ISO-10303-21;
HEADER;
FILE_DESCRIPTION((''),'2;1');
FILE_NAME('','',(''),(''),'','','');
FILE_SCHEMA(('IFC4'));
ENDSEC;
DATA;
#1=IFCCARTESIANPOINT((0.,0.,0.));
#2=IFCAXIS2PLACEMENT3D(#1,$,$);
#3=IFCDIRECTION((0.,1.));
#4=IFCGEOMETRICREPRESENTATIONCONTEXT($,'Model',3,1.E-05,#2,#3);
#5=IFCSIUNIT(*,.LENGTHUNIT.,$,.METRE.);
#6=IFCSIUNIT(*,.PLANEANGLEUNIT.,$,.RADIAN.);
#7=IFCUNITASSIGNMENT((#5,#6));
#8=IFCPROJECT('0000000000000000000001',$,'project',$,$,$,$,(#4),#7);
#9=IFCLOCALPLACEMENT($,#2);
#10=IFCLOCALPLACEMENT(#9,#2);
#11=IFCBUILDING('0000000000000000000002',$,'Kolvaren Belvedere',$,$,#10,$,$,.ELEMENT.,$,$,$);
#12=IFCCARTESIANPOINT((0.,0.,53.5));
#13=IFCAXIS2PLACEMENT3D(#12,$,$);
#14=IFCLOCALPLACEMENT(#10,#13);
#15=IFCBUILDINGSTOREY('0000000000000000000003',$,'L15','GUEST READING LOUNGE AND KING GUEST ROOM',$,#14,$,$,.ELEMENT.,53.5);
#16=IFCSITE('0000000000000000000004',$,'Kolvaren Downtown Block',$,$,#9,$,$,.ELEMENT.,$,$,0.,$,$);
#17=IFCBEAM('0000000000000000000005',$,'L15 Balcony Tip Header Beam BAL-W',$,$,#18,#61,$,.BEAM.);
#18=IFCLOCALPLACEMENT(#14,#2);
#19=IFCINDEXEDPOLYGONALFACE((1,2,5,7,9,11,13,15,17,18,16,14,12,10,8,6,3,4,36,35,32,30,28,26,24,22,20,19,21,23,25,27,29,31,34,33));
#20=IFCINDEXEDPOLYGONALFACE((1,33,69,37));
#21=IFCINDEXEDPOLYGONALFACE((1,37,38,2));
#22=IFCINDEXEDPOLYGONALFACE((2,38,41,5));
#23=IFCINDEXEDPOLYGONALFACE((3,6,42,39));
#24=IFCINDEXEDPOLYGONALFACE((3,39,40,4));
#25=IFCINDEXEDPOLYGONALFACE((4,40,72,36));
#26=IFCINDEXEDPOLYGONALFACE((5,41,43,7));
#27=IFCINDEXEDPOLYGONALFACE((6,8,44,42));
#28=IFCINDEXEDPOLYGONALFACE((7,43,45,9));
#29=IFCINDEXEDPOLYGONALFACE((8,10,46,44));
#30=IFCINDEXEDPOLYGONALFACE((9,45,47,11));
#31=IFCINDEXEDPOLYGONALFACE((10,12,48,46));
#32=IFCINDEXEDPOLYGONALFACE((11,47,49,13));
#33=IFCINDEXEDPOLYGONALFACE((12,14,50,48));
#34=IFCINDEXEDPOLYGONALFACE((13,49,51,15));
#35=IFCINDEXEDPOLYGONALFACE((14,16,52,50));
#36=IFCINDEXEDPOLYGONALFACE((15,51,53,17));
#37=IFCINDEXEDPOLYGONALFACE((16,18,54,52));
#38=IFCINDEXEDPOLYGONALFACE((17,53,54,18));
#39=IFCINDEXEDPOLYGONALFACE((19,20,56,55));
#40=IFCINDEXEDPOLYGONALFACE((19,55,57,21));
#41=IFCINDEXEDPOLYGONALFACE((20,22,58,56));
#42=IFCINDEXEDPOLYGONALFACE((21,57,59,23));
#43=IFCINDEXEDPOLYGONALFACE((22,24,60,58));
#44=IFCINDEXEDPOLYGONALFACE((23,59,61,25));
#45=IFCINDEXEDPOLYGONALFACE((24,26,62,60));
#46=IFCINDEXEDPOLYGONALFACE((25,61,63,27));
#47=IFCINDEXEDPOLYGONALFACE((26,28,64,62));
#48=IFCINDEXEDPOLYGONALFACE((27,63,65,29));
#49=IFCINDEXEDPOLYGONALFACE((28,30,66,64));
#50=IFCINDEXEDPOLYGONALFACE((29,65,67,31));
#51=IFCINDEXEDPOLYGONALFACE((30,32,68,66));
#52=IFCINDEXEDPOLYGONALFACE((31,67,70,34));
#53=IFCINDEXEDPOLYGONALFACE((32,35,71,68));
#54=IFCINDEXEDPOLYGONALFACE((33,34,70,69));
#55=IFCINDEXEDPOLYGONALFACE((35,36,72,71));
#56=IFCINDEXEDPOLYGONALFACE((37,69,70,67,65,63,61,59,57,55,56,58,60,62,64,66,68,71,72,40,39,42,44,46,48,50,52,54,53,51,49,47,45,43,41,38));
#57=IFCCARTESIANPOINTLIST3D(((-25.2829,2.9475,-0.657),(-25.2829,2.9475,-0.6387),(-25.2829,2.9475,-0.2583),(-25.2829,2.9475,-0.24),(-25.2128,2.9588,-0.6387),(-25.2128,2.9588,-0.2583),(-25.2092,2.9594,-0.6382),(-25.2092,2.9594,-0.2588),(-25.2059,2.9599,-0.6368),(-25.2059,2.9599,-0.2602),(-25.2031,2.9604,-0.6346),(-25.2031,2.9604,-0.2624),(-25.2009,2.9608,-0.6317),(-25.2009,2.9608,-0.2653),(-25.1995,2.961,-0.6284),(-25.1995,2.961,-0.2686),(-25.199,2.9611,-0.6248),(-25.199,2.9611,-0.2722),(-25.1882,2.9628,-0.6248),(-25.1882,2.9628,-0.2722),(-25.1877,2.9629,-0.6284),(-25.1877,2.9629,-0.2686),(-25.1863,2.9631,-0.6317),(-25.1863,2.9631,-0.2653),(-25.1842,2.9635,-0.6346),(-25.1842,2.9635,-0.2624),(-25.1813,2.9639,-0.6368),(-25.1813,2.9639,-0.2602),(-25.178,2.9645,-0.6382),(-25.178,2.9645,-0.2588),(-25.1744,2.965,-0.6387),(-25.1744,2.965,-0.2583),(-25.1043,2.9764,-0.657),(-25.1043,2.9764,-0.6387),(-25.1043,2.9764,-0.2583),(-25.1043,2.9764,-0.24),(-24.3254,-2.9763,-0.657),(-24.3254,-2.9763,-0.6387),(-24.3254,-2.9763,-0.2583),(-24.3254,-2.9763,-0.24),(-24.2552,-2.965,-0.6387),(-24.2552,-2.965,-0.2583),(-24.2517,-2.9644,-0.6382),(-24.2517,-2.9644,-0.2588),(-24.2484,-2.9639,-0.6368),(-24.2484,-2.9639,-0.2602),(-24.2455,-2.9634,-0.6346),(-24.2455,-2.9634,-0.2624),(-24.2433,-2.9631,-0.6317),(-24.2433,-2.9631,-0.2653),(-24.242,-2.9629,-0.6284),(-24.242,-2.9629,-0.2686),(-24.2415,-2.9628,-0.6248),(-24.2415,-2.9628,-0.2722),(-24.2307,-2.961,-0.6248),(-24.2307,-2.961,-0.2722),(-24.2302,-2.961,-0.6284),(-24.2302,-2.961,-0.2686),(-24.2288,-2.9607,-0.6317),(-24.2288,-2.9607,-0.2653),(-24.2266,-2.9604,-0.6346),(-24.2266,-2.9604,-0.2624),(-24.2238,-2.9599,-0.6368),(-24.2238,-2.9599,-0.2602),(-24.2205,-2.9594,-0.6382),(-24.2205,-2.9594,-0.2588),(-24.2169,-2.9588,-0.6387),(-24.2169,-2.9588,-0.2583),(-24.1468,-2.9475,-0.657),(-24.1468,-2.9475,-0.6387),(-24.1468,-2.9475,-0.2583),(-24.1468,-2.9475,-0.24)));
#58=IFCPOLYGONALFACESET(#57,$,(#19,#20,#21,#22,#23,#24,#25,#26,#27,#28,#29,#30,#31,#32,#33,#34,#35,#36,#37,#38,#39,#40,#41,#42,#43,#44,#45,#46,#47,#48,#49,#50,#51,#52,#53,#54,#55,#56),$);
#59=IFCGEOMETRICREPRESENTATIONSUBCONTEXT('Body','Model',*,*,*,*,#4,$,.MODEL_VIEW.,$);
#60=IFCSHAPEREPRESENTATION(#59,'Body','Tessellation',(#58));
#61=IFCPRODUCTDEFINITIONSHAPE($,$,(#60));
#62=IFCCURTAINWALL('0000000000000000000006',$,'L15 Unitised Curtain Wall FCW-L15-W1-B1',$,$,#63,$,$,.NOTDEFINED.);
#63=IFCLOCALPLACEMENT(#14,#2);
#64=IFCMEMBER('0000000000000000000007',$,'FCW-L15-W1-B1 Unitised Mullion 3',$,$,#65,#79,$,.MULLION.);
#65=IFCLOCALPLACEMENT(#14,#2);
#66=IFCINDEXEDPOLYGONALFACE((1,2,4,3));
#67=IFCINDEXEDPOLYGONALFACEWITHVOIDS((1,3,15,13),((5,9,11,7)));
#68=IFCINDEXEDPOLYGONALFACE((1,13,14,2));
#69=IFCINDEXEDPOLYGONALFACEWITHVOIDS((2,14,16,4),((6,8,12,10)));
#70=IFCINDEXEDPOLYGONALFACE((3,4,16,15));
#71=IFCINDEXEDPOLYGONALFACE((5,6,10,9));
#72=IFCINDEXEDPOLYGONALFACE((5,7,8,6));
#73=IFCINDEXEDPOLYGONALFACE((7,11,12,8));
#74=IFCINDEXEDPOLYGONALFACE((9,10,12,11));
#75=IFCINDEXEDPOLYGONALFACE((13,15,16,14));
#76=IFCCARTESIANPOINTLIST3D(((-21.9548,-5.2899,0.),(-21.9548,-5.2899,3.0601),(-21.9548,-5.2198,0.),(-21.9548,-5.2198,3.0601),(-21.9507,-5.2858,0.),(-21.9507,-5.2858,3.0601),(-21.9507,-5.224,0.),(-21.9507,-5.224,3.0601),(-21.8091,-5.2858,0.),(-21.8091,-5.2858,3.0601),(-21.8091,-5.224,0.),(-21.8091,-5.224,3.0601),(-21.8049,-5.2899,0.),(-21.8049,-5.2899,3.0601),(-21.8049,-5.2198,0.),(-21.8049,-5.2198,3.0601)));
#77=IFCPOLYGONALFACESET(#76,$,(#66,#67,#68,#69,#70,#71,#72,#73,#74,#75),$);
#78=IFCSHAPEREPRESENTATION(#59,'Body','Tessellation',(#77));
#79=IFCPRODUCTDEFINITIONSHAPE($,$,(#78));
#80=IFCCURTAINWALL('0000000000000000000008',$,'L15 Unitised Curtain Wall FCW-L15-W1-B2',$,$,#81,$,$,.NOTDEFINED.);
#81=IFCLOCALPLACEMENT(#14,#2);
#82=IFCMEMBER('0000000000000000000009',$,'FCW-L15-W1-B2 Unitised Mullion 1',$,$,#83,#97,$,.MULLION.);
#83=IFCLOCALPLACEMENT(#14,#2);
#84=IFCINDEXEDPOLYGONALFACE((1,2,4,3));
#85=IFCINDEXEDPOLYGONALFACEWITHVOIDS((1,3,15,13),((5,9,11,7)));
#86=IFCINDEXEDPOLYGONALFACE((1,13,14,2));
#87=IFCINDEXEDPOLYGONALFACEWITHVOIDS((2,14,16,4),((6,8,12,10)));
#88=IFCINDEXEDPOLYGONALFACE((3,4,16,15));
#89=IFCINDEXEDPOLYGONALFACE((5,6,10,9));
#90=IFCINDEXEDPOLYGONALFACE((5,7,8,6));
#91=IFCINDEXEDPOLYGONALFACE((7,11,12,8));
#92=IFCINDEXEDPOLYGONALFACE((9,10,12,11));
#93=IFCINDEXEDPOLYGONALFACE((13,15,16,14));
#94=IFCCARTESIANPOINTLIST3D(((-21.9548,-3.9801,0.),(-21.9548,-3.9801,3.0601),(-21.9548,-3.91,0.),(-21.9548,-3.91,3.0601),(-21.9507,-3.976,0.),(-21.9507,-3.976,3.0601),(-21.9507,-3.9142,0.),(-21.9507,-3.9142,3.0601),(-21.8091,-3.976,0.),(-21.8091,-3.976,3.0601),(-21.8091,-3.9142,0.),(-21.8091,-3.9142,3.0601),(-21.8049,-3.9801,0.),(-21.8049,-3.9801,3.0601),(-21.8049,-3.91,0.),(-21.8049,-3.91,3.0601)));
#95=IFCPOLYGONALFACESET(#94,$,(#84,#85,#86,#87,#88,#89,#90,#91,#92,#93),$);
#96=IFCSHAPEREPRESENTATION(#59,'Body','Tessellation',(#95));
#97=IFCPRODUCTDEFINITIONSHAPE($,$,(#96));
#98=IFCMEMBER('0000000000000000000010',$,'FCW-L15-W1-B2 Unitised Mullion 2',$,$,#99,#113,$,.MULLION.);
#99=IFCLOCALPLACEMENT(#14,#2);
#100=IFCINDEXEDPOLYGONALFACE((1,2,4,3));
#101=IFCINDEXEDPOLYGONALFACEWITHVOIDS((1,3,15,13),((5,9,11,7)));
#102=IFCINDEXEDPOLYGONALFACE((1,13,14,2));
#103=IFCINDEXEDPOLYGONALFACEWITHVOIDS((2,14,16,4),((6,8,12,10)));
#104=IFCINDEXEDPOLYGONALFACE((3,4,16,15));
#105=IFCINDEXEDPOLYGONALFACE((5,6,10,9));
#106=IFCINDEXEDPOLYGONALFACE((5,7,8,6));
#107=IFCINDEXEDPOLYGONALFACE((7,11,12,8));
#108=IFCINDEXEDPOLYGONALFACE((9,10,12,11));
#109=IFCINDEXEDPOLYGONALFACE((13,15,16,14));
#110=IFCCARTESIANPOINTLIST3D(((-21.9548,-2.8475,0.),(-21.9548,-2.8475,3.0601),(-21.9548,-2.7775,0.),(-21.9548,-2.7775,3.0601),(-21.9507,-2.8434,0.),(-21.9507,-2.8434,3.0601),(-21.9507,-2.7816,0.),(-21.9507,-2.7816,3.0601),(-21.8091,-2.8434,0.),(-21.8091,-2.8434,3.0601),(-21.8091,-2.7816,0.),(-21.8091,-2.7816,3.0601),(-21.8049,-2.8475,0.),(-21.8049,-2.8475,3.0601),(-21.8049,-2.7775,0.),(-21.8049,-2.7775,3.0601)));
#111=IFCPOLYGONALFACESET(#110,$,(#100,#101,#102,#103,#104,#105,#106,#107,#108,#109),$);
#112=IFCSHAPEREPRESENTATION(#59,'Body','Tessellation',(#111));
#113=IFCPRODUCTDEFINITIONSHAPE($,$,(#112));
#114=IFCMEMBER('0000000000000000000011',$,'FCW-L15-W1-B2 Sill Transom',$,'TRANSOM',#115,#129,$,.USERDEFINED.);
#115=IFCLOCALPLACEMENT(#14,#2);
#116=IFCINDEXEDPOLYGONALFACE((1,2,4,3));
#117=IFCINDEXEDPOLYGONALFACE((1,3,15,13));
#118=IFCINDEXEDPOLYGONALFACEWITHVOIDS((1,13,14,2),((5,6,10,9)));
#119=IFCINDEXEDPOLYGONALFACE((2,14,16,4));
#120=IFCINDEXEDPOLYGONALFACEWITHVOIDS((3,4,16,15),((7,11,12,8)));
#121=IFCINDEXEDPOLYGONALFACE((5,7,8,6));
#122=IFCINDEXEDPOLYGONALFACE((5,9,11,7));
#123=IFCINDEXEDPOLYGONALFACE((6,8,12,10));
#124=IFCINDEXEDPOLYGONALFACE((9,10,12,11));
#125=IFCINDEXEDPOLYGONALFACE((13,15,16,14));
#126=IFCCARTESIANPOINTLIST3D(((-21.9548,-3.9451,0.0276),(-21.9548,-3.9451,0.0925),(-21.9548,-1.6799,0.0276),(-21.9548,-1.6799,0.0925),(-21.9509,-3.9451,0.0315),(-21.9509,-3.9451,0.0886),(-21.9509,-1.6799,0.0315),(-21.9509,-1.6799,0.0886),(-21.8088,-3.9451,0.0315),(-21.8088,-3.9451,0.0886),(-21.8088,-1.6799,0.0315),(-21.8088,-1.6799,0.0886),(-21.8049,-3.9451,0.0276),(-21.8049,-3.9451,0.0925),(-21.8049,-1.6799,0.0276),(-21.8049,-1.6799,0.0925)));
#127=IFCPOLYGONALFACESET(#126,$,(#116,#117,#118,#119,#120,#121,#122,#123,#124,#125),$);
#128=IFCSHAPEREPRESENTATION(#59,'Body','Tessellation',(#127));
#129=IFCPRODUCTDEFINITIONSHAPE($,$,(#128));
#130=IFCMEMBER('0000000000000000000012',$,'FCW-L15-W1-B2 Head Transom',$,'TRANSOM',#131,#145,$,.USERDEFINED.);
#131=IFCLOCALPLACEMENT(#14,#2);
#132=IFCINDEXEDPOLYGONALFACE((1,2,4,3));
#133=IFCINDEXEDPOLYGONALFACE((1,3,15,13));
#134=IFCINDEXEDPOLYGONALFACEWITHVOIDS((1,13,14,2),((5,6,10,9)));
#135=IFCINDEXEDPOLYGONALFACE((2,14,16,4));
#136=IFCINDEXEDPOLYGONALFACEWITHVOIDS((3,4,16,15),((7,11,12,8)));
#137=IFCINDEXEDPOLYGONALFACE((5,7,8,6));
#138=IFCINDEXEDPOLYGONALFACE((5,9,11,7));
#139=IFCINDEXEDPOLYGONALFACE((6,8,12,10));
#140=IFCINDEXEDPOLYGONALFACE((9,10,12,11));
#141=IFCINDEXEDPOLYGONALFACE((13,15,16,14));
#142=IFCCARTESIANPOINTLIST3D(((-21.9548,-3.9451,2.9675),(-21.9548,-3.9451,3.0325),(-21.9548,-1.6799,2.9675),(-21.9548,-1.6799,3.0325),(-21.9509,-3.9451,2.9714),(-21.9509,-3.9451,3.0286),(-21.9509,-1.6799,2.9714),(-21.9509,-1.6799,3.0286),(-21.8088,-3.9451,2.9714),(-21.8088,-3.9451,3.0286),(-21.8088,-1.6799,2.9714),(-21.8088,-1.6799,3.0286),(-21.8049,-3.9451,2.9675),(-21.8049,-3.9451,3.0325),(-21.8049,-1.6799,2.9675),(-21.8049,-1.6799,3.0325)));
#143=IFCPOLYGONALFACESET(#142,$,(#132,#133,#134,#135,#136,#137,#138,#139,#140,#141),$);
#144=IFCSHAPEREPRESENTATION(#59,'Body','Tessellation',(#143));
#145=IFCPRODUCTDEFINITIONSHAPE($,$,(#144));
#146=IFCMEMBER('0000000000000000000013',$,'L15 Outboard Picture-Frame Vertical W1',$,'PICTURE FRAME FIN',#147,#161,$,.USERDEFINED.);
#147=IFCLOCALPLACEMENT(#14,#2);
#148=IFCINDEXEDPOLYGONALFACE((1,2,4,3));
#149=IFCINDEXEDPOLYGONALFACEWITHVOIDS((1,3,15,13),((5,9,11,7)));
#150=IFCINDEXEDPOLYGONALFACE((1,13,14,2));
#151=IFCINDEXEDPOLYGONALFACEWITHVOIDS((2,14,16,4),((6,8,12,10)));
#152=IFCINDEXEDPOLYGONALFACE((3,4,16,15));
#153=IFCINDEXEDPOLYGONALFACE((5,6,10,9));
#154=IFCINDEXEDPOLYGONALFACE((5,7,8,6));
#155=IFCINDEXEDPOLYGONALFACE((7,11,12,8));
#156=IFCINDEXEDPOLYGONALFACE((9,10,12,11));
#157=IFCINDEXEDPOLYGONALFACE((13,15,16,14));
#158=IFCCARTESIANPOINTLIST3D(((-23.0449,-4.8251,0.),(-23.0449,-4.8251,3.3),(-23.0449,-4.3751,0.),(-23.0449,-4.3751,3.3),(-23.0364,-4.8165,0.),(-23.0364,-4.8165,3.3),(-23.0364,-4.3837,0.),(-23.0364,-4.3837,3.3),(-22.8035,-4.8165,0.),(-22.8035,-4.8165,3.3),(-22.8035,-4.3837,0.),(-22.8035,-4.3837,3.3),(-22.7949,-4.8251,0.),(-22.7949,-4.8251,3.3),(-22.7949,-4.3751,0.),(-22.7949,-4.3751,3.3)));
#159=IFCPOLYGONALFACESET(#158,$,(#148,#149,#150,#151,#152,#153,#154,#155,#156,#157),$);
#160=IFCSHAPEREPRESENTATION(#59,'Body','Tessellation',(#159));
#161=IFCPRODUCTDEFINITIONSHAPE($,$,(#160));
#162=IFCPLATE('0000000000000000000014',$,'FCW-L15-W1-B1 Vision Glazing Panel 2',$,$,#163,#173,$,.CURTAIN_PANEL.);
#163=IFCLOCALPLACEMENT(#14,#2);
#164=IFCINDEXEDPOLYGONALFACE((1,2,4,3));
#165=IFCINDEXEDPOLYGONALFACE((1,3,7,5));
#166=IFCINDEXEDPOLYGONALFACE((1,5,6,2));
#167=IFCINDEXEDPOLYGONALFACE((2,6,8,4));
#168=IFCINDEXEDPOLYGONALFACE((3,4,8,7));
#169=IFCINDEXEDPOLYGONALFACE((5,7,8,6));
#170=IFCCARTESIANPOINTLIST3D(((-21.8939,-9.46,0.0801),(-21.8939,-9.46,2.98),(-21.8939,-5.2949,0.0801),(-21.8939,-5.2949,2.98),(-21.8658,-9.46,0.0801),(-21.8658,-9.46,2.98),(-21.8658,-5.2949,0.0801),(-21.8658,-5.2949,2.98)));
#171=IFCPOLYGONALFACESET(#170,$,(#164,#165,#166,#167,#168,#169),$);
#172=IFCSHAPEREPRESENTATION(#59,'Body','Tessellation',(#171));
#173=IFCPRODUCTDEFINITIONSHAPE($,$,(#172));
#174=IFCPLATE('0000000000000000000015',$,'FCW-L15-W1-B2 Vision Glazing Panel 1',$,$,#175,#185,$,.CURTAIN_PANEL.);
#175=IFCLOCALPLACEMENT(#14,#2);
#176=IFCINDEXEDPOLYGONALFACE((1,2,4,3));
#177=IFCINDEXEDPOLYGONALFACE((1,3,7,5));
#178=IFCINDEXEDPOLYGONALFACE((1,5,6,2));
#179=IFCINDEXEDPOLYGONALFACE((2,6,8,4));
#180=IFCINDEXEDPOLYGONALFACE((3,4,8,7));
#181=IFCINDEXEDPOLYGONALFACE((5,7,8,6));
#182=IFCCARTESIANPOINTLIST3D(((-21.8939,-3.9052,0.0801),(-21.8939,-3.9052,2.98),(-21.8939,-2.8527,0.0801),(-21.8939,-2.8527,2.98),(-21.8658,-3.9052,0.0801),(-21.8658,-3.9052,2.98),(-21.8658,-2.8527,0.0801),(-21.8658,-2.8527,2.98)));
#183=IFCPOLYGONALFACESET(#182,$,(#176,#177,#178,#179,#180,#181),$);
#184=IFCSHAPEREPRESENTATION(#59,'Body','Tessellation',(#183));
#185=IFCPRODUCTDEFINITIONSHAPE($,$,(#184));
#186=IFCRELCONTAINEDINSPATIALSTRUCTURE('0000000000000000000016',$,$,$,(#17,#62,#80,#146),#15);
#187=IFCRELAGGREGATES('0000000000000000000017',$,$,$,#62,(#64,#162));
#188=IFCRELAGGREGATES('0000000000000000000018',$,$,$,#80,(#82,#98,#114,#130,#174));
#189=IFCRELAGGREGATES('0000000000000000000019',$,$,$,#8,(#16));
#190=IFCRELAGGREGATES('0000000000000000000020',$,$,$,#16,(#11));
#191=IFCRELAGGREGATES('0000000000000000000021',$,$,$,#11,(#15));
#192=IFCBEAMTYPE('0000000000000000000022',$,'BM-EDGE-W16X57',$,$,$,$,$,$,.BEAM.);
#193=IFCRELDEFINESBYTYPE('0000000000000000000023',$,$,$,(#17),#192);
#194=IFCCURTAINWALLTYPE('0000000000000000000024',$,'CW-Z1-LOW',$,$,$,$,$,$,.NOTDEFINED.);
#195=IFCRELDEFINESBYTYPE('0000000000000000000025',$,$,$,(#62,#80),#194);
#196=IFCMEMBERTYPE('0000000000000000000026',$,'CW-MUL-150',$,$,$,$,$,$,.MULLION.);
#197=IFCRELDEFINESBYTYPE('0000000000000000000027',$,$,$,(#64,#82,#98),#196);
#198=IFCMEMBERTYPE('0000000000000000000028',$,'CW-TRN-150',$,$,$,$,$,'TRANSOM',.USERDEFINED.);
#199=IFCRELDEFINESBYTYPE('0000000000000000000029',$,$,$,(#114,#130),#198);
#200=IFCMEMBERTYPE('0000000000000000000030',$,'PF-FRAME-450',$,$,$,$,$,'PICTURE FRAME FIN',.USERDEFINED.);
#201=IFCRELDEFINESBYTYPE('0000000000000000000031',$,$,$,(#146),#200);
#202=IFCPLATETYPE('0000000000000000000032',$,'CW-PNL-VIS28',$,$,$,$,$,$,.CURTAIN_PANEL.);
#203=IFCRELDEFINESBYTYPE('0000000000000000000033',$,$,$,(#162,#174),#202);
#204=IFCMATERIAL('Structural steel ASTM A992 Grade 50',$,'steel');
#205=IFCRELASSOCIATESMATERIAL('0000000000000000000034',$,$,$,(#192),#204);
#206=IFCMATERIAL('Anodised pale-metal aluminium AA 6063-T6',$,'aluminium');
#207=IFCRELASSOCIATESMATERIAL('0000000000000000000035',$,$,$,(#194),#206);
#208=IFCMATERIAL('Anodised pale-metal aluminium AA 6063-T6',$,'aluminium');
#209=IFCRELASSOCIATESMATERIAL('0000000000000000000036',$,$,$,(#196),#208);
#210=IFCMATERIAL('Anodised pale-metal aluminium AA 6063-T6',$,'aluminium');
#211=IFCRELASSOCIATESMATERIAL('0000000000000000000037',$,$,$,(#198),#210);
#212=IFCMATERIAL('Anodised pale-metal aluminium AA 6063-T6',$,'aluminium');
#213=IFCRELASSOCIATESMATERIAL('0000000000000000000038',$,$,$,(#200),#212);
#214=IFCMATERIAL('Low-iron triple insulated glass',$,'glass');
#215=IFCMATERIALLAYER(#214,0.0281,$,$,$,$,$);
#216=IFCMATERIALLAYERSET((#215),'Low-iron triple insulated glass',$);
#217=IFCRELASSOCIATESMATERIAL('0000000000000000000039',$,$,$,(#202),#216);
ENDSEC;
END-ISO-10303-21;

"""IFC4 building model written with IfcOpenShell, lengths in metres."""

from ifc_helpers import new_model, si_unit, direction, frame, origin, origin_2d, place, context, subcontext, project, spatial, rectangle, hollow_rectangle, i_section, extrude, material, layer, layer_set, material_profile, profile_set, type_object, element, aggregate, save


model = new_model("IFC4")

# Units and contexts
model_context = context("Model", 3, precision=1e-05, world=origin(), true_north=direction((0.0, 1.0)))
body_context = subcontext(model_context, "Body", "Model", "MODEL_VIEW")
ifc_project = project(units=[si_unit("LENGTHUNIT", "METRE"), si_unit("PLANEANGLEUNIT", "RADIAN")], contexts=[model_context])

# Site, building, storey
site_placement = place(None, origin())
site = spatial("IfcSite", under=ifc_project, at=site_placement, Name="Kolvaren Downtown Block", CompositionType="ELEMENT", RefElevation=0.0)
building_placement = place(site_placement, origin())
building = spatial("IfcBuilding", under=site, at=building_placement, Name="Kolvaren Belvedere", CompositionType="ELEMENT")
storey_placement = place(building_placement, frame((0.0, 0.0, 53.5)))
storey = spatial("IfcBuildingStorey", under=building, at=storey_placement, Name="L15", Description="GUEST READING LOUNGE AND KING GUEST ROOM", CompositionType="ELEMENT", Elevation=53.5)

# Beam
ifc_material_1 = material(Name="Structural steel ASTM A992 Grade 50", Category="steel")
ifc_material_profile_1 = material_profile(ifc_material_1, i_section(OverallWidth=0.1809, OverallDepth=0.417, WebThickness=0.011, FlangeThickness=0.0183, FilletRadius=0.0139, at=origin_2d()), Name="W16X57")
ifc_profile_set_1 = profile_set([ifc_material_profile_1], Name="Structural steel ASTM A992 Grade 50")
beam_type = type_object("IfcBeamType", Name="BM-EDGE-W16X57", PredefinedType="BEAM", material=ifc_profile_set_1)
beam_placement = place(storey_placement, frame((-24.2361, -2.9619, -0.4485), z_axis=(-0.159568, 0.987187, 0.0), x_axis=(-0.987187, -0.159568, 0.0)))
element("IfcBeam", 1, at=beam_placement, inside=storey, type_object=beam_type, Name="L15 Balcony Tip Header Beam BAL-W", PredefinedType="BEAM", context=body_context, shape_type="SweptSolid", body=[
    extrude(i_section(OverallWidth=0.1809, OverallDepth=0.417, WebThickness=0.011, FlangeThickness=0.0183, FilletRadius=0.0139, at=origin_2d()), origin(), (0.0, 0.0, 1.0), 6.0007),
])

# Curtain wall, member
ifc_material_2 = material(Name="Anodised pale-metal aluminium AA 6063-T6", Category="aluminium")
curtain_wall_type = type_object("IfcCurtainWallType", Name="CW-Z1-LOW", PredefinedType="NOTDEFINED", material=ifc_material_2)
curtain_wall_1_placement = place(storey_placement, origin())
curtain_wall_1 = element("IfcCurtainWall", 2, at=curtain_wall_1_placement, inside=storey, type_object=curtain_wall_type, Name="L15 Unitised Curtain Wall FCW-L15-W1-B1", PredefinedType="NOTDEFINED")
ifc_material_3 = material(Name="Anodised pale-metal aluminium AA 6063-T6", Category="aluminium")
ifc_material_profile_2 = material_profile(ifc_material_3, hollow_rectangle(XDim=0.0701, YDim=0.1499, WallThickness=0.0042, at=origin_2d()), Name="ALU-MUL-150X70")
ifc_profile_set_2 = profile_set([ifc_material_profile_2], Name="Anodised pale-metal aluminium AA 6063-T6")
member_type_1 = type_object("IfcMemberType", Name="CW-MUL-150", PredefinedType="MULLION", material=ifc_profile_set_2)
member_1_placement = place(storey_placement, frame((-21.8799, -5.2549, 0.0), z_axis=(0.0, 0.0, 1.0), x_axis=(0.0, 1.0, 0.0)))
member_1 = element("IfcMember", 3, at=member_1_placement, type_object=member_type_1, Name="FCW-L15-W1-B1 Unitised Mullion 3", PredefinedType="MULLION", context=body_context, shape_type="SweptSolid", body=[
    extrude(hollow_rectangle(XDim=0.0701, YDim=0.1499, WallThickness=0.0042, at=origin_2d()), origin(), (0.0, 0.0, 1.0), 3.0601),
])

# Curtain wall, members
curtain_wall_2_placement = place(storey_placement, origin())
curtain_wall_2 = element("IfcCurtainWall", 4, at=curtain_wall_2_placement, inside=storey, type_object=curtain_wall_type, Name="L15 Unitised Curtain Wall FCW-L15-W1-B2", PredefinedType="NOTDEFINED")
member_2_placement = place(storey_placement, frame((-21.8799, -3.9451, 0.0), z_axis=(0.0, 0.0, 1.0), x_axis=(0.0, 1.0, 0.0)))
member_2 = element("IfcMember", 5, at=member_2_placement, type_object=member_type_1, Name="FCW-L15-W1-B2 Unitised Mullion 1", PredefinedType="MULLION", context=body_context, shape_type="SweptSolid", body=[
    extrude(hollow_rectangle(XDim=0.0701, YDim=0.1499, WallThickness=0.0042, at=origin_2d()), origin(), (0.0, 0.0, 1.0), 3.0601),
])
member_3_placement = place(storey_placement, frame((-21.8799, -2.8125, 0.0), z_axis=(0.0, 0.0, 1.0), x_axis=(0.0, 1.0, 0.0)))
member_3 = element("IfcMember", 6, at=member_3_placement, type_object=member_type_1, Name="FCW-L15-W1-B2 Unitised Mullion 2", PredefinedType="MULLION", context=body_context, shape_type="SweptSolid", body=[
    extrude(hollow_rectangle(XDim=0.0701, YDim=0.1499, WallThickness=0.0042, at=origin_2d()), origin(), (0.0, 0.0, 1.0), 3.0601),
])
ifc_material_4 = material(Name="Anodised pale-metal aluminium AA 6063-T6", Category="aluminium")
ifc_material_profile_3 = material_profile(ifc_material_4, hollow_rectangle(XDim=0.0649, YDim=0.1499, WallThickness=0.0039, at=origin_2d()), Name="ALU-TRN-150X65")
ifc_profile_set_3 = profile_set([ifc_material_profile_3], Name="Anodised pale-metal aluminium AA 6063-T6")
member_type_2 = type_object("IfcMemberType", Name="CW-TRN-150", ElementType="TRANSOM", PredefinedType="USERDEFINED", material=ifc_profile_set_3)
member_4_placement = place(storey_placement, frame((-21.8799, -3.9451, 0.0601), z_axis=(0.0, 1.0, 0.0), x_axis=(0.0, 0.0, 1.0)))
member_4 = element("IfcMember", 7, at=member_4_placement, type_object=member_type_2, Name="FCW-L15-W1-B2 Sill Transom", ObjectType="TRANSOM", PredefinedType="USERDEFINED", context=body_context, shape_type="SweptSolid", body=[
    extrude(hollow_rectangle(XDim=0.0649, YDim=0.1499, WallThickness=0.0039, at=origin_2d()), origin(), (0.0, 0.0, 1.0), 2.2651),
])
member_5_placement = place(storey_placement, frame((-21.8799, -3.9451, 3.0), z_axis=(0.0, 1.0, 0.0), x_axis=(0.0, 0.0, 1.0)))
member_5 = element("IfcMember", 8, at=member_5_placement, type_object=member_type_2, Name="FCW-L15-W1-B2 Head Transom", ObjectType="TRANSOM", PredefinedType="USERDEFINED", context=body_context, shape_type="SweptSolid", body=[
    extrude(hollow_rectangle(XDim=0.0649, YDim=0.1499, WallThickness=0.0039, at=origin_2d()), origin(), (0.0, 0.0, 1.0), 2.2651),
])

# Member
ifc_material_5 = material(Name="Anodised pale-metal aluminium AA 6063-T6", Category="aluminium")
ifc_material_profile_4 = material_profile(ifc_material_5, hollow_rectangle(XDim=0.25, YDim=0.45, WallThickness=0.0085, at=origin_2d()), Name="ALU-PF-450X250")
ifc_profile_set_4 = profile_set([ifc_material_profile_4], Name="Anodised pale-metal aluminium AA 6063-T6")
member_type_3 = type_object("IfcMemberType", Name="PF-FRAME-450", ElementType="PICTURE FRAME FIN", PredefinedType="USERDEFINED", material=ifc_profile_set_4)
member_6_placement = place(storey_placement, frame((-22.9199, -4.6001, 0.0), z_axis=(0.0, 0.0, 1.0), x_axis=(1.0, 0.0, 0.0)))
element("IfcMember", 9, at=member_6_placement, inside=storey, type_object=member_type_3, Name="L15 Outboard Picture-Frame Vertical W1", ObjectType="PICTURE FRAME FIN", PredefinedType="USERDEFINED", context=body_context, shape_type="SweptSolid", body=[
    extrude(hollow_rectangle(XDim=0.25, YDim=0.45, WallThickness=0.0085, at=origin_2d()), origin(), (0.0, 0.0, 1.0), 3.3),
])

# Plates
ifc_material_6 = material(Name="Low-iron triple insulated glass", Category="glass")
ifc_layer_1 = layer(ifc_material_6, 0.0281)
ifc_layer_set_1 = layer_set([ifc_layer_1], Name="Low-iron triple insulated glass")
plate_type_1 = type_object("IfcPlateType", Name="CW-PNL-VIS28", PredefinedType="CURTAIN_PANEL", material=ifc_layer_set_1)
plate_1_placement = place(storey_placement, frame((-21.8799, -7.3774, 0.0801), z_axis=(0.0, 0.0, 1.0), x_axis=(0.0, 1.0, 0.0)))
plate_1 = element("IfcPlate", 10, at=plate_1_placement, type_object=plate_type_1, Name="FCW-L15-W1-B1 Vision Glazing Panel 2", PredefinedType="CURTAIN_PANEL", context=body_context, shape_type="SweptSolid", body=[
    extrude(rectangle(XDim=4.165, YDim=0.0281, at=origin_2d()), origin(), (0.0, 0.0, 1.0), 2.8999),
])
aggregate(curtain_wall_1, [member_1, plate_1])
plate_2_placement = place(storey_placement, frame((-21.8799, -3.3789, 0.0801), z_axis=(0.0, 0.0, 1.0), x_axis=(0.0, 1.0, 0.0)))
plate_2 = element("IfcPlate", 11, at=plate_2_placement, type_object=plate_type_1, Name="FCW-L15-W1-B2 Vision Glazing Panel 1", PredefinedType="CURTAIN_PANEL", context=body_context, shape_type="SweptSolid", body=[
    extrude(rectangle(XDim=1.0525, YDim=0.0281, at=origin_2d()), origin(), (0.0, 0.0, 1.0), 2.8999),
])
aggregate(curtain_wall_2, [member_2, member_3, member_4, member_5, plate_2])

save(model, "model.ifc")
